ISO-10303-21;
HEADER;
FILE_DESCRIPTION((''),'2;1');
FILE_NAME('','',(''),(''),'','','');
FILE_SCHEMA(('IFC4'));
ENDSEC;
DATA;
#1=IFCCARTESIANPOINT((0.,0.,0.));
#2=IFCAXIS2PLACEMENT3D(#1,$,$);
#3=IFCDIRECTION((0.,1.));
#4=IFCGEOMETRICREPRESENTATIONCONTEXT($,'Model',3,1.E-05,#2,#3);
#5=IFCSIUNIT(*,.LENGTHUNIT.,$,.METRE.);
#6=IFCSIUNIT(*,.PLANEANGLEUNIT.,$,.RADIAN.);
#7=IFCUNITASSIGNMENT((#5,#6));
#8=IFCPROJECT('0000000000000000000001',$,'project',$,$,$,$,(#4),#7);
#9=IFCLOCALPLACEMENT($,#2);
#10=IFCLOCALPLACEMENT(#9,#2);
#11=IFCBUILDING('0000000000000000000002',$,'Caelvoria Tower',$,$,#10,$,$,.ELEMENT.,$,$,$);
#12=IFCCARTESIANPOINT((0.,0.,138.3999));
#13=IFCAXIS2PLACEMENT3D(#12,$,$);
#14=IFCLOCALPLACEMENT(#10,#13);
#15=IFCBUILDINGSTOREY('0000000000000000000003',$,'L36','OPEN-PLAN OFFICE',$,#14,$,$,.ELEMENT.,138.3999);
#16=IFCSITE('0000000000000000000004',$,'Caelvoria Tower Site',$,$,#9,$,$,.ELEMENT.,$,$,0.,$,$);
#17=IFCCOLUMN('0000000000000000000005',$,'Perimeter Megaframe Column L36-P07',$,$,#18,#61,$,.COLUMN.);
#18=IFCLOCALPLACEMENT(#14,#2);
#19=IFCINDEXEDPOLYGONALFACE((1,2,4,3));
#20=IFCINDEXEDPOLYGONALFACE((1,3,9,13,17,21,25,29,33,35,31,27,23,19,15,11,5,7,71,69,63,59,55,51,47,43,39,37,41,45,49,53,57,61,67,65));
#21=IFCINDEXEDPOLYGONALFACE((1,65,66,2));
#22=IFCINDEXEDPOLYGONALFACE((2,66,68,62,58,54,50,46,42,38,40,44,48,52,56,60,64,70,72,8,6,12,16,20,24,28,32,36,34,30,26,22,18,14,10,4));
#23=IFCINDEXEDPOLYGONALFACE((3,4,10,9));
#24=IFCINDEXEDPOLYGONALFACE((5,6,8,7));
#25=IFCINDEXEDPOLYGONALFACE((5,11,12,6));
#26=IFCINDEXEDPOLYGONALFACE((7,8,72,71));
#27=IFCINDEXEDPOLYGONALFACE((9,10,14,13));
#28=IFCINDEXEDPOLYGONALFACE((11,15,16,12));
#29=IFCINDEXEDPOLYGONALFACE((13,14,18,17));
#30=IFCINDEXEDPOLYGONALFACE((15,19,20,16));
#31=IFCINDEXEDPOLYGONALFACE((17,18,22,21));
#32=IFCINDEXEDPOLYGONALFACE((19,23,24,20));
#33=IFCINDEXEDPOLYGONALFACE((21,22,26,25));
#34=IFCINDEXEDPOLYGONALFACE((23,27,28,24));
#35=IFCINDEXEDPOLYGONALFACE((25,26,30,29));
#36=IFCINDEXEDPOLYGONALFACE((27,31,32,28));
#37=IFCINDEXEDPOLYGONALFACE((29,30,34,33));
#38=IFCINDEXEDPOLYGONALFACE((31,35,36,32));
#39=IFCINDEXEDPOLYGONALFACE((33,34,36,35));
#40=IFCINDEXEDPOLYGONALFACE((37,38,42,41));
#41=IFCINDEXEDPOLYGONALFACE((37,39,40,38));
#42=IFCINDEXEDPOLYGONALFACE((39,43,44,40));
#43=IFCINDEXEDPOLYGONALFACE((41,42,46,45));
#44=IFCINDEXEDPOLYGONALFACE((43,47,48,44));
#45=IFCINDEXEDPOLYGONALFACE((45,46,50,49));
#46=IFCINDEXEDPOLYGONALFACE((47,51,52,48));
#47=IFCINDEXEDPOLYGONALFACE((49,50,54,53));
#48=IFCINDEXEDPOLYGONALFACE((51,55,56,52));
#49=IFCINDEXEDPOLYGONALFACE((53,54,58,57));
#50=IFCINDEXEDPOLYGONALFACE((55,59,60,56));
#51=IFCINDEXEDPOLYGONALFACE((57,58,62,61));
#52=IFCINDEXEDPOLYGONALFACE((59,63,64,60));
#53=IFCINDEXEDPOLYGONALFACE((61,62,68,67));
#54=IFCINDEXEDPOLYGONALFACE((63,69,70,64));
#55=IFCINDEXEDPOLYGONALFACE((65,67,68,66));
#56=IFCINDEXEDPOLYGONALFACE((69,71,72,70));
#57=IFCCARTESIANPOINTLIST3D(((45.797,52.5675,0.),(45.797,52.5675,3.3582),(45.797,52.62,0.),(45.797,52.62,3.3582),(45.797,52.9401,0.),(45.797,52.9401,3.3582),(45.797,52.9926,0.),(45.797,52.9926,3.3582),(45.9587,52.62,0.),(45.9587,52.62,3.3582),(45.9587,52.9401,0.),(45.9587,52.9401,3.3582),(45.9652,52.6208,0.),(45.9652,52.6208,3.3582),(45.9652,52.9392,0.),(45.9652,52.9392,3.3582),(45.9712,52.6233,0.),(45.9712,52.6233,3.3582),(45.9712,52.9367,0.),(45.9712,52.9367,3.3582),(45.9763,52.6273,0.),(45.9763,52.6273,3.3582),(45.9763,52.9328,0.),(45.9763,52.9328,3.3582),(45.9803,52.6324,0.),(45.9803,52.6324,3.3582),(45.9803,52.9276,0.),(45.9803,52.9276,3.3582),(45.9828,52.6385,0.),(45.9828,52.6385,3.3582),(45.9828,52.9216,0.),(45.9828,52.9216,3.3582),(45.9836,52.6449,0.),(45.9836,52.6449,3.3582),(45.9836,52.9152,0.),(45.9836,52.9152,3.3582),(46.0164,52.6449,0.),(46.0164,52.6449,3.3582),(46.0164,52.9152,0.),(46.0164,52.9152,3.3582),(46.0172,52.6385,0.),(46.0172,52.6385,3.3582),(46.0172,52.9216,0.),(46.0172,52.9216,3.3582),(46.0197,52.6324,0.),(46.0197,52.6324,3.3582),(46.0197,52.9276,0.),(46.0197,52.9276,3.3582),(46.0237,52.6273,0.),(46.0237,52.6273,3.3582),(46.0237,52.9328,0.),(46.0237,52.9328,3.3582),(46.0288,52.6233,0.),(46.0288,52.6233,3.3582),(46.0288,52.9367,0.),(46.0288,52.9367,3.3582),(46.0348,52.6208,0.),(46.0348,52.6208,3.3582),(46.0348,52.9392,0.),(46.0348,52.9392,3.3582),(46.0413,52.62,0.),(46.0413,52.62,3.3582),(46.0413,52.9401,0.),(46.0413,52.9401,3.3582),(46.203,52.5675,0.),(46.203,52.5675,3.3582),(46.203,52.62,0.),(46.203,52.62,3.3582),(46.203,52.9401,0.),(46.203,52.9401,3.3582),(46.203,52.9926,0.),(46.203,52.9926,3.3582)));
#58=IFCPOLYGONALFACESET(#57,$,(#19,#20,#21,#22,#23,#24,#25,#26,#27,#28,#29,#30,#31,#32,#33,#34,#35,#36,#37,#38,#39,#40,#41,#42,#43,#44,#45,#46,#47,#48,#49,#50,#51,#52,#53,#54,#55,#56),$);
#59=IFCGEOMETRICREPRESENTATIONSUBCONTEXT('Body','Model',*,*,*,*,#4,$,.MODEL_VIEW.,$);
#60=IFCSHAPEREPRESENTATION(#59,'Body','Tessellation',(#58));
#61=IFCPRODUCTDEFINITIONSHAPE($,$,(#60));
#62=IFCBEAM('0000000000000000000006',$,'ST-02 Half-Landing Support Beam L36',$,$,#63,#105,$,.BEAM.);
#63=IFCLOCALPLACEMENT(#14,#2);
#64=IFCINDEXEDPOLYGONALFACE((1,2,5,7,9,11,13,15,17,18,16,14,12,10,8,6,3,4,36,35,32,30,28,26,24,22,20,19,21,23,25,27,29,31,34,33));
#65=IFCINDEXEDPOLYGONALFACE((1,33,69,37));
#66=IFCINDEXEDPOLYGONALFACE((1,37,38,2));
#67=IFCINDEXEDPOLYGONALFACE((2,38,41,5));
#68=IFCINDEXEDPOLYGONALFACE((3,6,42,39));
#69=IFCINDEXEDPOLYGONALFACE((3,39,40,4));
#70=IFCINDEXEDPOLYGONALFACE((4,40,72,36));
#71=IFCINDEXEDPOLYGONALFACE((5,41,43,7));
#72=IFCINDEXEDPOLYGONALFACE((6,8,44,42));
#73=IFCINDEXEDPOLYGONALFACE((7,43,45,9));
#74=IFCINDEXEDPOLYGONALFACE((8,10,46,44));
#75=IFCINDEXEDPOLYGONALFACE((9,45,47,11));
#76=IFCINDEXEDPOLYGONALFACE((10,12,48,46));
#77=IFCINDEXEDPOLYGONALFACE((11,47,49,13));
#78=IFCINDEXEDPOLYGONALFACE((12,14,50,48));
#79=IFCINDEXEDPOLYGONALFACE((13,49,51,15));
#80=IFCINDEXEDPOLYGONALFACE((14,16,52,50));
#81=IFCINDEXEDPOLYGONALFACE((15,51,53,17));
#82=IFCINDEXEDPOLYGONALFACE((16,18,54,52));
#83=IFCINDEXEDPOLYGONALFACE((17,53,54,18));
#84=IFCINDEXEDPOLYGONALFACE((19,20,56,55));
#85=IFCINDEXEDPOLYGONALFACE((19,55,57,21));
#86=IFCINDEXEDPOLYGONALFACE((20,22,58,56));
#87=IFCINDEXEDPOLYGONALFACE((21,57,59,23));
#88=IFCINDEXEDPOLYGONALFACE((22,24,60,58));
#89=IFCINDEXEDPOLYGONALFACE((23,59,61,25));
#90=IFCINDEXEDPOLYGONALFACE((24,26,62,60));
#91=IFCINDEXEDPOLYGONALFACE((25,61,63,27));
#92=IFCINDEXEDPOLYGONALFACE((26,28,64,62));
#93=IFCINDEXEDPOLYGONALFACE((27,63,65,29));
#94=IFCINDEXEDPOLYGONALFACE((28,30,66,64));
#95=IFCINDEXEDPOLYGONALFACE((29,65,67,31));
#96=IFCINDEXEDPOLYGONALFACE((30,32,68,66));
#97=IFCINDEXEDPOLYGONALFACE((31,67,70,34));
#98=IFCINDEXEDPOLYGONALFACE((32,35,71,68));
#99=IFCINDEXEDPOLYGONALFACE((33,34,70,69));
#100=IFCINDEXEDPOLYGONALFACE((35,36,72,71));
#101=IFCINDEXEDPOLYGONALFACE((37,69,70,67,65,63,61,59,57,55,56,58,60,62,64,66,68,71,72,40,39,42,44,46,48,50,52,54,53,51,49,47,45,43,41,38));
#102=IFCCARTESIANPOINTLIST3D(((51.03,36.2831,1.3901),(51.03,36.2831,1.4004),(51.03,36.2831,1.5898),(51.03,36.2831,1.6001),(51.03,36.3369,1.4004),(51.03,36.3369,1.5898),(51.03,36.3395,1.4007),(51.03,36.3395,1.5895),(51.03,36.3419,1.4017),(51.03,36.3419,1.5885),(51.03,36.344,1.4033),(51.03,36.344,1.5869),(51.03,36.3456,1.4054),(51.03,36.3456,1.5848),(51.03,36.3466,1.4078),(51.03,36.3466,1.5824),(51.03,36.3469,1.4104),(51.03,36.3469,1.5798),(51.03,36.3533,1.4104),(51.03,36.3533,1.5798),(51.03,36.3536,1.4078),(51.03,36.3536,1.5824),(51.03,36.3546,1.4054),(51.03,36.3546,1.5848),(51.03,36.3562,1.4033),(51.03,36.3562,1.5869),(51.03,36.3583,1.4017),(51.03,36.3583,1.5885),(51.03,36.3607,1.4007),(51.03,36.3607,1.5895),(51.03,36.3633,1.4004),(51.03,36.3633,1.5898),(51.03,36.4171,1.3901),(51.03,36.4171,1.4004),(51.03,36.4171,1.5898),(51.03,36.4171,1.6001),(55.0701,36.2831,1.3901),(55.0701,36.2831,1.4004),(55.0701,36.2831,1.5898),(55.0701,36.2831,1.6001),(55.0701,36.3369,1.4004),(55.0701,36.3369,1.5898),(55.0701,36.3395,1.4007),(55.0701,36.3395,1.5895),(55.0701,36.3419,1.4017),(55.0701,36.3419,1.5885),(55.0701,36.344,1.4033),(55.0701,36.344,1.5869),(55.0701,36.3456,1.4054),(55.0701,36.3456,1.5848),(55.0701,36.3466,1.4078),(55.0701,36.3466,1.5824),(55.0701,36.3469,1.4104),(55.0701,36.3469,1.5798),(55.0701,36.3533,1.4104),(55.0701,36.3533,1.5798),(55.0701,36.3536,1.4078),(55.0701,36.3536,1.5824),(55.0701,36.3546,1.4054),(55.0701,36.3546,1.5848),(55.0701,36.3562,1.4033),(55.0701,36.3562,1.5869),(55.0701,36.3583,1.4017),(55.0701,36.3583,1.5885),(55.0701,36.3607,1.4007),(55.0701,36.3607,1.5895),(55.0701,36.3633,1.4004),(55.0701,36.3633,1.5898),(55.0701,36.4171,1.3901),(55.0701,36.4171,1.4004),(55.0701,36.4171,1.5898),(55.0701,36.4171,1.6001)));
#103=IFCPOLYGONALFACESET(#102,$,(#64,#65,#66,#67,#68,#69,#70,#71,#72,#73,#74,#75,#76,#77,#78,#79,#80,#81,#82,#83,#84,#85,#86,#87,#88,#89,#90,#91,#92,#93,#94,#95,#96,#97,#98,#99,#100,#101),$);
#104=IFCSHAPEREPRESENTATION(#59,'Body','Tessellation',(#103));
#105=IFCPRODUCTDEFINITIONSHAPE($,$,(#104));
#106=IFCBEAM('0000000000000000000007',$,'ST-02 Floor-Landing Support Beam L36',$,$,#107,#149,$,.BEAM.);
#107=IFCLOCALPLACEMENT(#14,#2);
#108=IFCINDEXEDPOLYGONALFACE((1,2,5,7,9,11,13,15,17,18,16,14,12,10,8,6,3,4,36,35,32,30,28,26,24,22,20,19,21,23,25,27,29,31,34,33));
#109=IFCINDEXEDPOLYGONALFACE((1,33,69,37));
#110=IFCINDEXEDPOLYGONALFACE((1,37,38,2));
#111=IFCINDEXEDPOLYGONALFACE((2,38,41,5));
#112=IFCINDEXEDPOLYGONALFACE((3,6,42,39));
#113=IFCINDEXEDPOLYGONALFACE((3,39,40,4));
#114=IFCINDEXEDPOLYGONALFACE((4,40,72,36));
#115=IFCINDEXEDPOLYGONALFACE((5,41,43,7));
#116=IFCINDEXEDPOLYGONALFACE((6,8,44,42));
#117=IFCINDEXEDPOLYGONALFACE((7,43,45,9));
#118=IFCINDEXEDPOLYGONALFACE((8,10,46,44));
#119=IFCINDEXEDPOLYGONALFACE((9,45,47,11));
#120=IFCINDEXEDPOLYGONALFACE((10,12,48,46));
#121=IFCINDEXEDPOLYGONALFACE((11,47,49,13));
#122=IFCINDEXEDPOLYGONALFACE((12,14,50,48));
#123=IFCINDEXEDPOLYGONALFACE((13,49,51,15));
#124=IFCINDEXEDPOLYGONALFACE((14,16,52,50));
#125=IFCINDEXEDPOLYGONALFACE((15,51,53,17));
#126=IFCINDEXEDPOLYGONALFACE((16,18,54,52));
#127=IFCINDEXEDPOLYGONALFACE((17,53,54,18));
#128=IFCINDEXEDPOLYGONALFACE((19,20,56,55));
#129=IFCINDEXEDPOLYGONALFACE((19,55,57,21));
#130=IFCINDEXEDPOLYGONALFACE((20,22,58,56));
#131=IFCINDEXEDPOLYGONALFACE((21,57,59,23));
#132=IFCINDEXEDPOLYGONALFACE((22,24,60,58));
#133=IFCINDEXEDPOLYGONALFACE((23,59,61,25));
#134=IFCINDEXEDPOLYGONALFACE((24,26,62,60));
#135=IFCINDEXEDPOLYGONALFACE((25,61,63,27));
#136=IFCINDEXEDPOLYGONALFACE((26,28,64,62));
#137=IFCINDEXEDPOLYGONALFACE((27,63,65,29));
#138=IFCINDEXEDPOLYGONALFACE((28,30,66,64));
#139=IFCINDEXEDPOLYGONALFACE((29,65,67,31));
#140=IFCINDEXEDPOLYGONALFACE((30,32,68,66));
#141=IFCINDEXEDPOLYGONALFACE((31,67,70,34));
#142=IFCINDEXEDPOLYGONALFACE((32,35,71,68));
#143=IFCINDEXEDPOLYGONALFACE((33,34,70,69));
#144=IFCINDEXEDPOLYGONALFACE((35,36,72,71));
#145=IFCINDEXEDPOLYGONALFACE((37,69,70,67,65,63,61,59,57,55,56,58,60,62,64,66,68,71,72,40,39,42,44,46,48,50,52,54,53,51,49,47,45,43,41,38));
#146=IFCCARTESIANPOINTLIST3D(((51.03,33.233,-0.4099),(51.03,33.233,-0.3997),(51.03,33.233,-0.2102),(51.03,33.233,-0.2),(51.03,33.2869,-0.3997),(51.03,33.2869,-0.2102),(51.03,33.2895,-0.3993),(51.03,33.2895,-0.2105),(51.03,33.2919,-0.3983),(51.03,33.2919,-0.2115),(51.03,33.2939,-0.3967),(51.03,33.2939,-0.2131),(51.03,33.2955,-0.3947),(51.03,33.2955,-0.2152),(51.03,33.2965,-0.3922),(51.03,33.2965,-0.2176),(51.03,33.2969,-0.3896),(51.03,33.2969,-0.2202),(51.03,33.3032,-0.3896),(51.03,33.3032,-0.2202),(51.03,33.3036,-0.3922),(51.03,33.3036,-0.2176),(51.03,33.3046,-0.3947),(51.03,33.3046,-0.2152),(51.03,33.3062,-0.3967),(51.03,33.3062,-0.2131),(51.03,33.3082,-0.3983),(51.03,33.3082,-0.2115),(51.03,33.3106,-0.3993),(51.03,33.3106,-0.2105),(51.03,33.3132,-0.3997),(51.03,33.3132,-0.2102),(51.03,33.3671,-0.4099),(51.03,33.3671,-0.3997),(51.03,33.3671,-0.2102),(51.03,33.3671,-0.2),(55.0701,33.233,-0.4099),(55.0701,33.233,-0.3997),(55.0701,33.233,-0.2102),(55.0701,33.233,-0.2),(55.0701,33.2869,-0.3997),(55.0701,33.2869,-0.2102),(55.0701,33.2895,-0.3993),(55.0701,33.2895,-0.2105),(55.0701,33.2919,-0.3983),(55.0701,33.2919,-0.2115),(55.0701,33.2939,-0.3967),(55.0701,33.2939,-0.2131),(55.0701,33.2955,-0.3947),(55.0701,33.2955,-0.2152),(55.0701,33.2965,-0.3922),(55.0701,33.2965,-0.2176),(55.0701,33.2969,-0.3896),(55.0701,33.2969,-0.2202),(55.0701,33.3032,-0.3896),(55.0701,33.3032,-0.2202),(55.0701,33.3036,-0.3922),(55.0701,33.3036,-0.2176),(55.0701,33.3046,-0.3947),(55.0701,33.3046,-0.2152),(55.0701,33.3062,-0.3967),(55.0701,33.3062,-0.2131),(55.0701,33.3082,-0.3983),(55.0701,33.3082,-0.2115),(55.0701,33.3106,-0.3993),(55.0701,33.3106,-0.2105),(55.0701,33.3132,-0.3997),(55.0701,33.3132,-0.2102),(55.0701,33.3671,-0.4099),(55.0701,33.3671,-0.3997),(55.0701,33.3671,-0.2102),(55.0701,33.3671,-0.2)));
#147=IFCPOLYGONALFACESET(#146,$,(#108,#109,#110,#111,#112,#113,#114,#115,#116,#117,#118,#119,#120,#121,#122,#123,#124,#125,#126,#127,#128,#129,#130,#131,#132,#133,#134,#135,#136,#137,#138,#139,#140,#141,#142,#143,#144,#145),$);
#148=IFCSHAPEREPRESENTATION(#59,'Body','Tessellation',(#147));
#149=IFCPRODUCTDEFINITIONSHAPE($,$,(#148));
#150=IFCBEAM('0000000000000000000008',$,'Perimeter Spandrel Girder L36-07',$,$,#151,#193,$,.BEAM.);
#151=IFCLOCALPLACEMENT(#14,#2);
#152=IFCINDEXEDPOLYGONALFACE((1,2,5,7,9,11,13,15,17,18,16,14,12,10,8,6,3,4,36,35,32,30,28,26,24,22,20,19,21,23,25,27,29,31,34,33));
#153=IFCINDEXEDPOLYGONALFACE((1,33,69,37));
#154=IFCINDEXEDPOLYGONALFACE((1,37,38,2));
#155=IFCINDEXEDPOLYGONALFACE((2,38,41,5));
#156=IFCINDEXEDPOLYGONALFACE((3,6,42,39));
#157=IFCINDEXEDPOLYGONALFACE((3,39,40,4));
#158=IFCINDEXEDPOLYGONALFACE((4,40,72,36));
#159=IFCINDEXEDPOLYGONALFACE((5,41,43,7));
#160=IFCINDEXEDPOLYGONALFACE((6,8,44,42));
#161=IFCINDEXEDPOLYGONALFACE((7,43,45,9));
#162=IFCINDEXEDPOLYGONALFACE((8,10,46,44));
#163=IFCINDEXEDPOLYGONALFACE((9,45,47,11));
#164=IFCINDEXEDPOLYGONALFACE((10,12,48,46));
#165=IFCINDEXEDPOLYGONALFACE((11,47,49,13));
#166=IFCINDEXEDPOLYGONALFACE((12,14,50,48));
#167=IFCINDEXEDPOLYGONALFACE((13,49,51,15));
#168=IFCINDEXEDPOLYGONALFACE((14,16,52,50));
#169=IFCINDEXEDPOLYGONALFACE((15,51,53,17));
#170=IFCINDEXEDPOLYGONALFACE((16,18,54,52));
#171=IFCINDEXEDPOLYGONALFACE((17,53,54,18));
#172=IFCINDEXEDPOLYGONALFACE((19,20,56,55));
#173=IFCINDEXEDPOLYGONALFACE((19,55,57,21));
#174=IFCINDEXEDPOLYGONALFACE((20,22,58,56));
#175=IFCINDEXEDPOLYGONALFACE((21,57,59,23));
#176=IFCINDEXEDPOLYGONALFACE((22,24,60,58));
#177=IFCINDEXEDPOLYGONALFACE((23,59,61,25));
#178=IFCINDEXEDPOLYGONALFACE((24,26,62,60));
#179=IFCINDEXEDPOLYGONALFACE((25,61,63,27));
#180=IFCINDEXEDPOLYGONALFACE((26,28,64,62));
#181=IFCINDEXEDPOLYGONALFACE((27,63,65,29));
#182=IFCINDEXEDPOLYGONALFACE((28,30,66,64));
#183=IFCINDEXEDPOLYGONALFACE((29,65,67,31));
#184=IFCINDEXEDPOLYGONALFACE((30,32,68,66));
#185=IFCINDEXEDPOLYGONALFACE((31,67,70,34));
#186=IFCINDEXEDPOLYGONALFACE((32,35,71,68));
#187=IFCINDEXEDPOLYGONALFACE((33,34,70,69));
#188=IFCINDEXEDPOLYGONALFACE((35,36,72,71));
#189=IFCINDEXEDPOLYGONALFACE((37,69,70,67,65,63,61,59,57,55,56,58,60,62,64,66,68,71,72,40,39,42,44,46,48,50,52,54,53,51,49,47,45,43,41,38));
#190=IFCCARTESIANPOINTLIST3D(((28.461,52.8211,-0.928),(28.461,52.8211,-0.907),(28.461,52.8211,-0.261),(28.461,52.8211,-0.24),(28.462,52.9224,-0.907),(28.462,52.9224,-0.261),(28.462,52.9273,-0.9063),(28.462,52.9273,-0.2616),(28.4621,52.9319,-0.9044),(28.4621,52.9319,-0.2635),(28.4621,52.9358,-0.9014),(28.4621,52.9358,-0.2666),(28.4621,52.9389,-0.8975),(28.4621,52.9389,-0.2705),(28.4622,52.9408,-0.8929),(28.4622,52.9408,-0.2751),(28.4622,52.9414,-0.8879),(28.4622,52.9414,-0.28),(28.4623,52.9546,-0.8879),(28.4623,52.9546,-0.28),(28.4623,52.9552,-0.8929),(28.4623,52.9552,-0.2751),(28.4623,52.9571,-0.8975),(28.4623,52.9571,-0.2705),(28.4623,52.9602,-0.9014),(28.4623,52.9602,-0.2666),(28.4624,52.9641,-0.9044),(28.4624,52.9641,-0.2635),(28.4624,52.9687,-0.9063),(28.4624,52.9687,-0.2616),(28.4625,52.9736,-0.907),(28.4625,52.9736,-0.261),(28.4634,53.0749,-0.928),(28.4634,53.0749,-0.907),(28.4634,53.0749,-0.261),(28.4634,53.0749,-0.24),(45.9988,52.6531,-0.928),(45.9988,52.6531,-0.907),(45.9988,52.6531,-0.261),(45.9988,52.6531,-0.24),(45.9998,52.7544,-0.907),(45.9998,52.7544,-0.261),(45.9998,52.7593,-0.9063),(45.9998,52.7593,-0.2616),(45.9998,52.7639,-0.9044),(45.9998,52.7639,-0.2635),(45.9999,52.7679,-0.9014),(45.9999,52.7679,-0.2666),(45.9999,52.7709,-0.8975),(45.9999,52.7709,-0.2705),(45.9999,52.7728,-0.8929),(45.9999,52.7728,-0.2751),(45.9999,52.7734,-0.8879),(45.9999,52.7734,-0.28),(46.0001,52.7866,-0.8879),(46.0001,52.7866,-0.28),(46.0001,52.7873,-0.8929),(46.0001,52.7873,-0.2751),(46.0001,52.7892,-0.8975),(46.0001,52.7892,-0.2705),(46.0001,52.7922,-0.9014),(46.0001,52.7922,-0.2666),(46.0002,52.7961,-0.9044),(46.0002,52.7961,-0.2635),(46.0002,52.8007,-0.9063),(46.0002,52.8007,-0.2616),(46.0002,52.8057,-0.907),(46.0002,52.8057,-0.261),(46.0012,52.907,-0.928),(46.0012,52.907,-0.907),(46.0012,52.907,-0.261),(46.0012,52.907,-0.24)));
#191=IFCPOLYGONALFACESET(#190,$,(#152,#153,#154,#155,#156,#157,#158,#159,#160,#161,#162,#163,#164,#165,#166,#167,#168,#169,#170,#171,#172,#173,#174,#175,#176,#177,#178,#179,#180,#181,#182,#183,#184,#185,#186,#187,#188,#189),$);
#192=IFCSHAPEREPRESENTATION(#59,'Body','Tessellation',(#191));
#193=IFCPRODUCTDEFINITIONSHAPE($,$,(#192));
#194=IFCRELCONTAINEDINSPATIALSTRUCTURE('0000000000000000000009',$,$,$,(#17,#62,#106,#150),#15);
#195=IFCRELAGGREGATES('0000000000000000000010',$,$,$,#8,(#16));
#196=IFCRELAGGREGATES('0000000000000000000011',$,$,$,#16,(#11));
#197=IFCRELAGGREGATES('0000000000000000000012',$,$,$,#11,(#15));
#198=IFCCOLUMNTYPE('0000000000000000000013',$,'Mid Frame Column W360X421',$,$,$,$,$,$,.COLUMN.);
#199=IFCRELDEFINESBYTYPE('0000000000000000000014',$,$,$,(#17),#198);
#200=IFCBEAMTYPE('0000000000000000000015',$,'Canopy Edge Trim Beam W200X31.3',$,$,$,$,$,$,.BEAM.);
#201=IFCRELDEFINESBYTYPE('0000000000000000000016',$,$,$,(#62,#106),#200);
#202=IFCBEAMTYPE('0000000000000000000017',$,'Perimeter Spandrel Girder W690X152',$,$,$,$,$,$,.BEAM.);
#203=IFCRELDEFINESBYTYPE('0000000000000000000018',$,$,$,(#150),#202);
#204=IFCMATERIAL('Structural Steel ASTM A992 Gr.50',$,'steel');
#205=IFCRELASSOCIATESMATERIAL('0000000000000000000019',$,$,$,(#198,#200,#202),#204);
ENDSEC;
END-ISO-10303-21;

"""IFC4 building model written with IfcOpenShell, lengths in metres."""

from ifc_helpers import new_model, si_unit, direction, frame, origin, origin_2d, place, context, subcontext, project, spatial, i_section, extrude, material, material_profile, profile_set, type_object, element, save


model = new_model("IFC4")

# Units and contexts
model_context = context("Model", 3, precision=1e-05, world=origin(), true_north=direction((0.0, 1.0)))
body_context = subcontext(model_context, "Body", "Model", "MODEL_VIEW")
ifc_project = project(units=[si_unit("LENGTHUNIT", "METRE"), si_unit("PLANEANGLEUNIT", "RADIAN")], contexts=[model_context])

# Site, building, storey
site_placement = place(None, origin())
site = spatial("IfcSite", under=ifc_project, at=site_placement, Name="Caelvoria Tower Site", CompositionType="ELEMENT", RefElevation=0.0)
building_placement = place(site_placement, origin())
building = spatial("IfcBuilding", under=site, at=building_placement, Name="Caelvoria Tower", CompositionType="ELEMENT")
storey_placement = place(building_placement, frame((0.0, 0.0, 138.3999)))
storey = spatial("IfcBuildingStorey", under=building, at=storey_placement, Name="L36", Description="OPEN-PLAN OFFICE", CompositionType="ELEMENT", Elevation=138.3999)

# Column
ifc_material_1 = material(Name="Structural Steel ASTM A992 Gr.50", Category="steel")
ifc_material_profile_1 = material_profile(ifc_material_1, i_section(OverallWidth=0.406, OverallDepth=0.425, WebThickness=0.0327, FlangeThickness=0.0525, FilletRadius=0.0249, at=origin_2d()), Name="Structural Steel ASTM A992 Gr.50")
ifc_profile_set_1 = profile_set([ifc_material_profile_1], Name="W360X421 - Structural Steel ASTM A992 Gr.50")
column_type = type_object("IfcColumnType", Name="Mid Frame Column W360X421", PredefinedType="COLUMN", material=ifc_profile_set_1)
column_placement = place(storey_placement, frame((46.0, 52.78, 0.0), z_axis=(0.0, 0.0, 1.0), x_axis=(1.0, 0.0, 0.0)))
element("IfcColumn", 1, at=column_placement, inside=storey, type_object=column_type, Name="Perimeter Megaframe Column L36-P07", PredefinedType="COLUMN", context=body_context, shape_type="SweptSolid", body=[
    extrude(i_section(OverallWidth=0.406, OverallDepth=0.425, WebThickness=0.0327, FlangeThickness=0.0525, FilletRadius=0.0249, at=origin_2d()), origin(), (0.0, 0.0, 1.0), 3.3582),
])

# Beams
ifc_material_profile_2 = material_profile(ifc_material_1, i_section(OverallWidth=0.134, OverallDepth=0.21, WebThickness=0.0063, FlangeThickness=0.0103, FilletRadius=0.01, at=origin_2d()), Name="Structural Steel ASTM A992 Gr.50")
ifc_profile_set_2 = profile_set([ifc_material_profile_2], Name="W200X31.3 - Structural Steel ASTM A992 Gr.50")
beam_type_1 = type_object("IfcBeamType", Name="Canopy Edge Trim Beam W200X31.3", PredefinedType="BEAM", material=ifc_profile_set_2)
for number, where, z_axis, x_axis, name in (
    (2, (51.03, 36.3501, 1.4951), (1.0, 0.0, 0.0), (0.0, 1.0, 0.0), "ST-02 Half-Landing Support Beam L36"),
    (3, (51.03, 33.3, -0.3049), (1.0, 0.0, 0.0), (0.0, 1.0, 0.0), "ST-02 Floor-Landing Support Beam L36"),
):
    element("IfcBeam", number, at=place(storey_placement, frame(where, z_axis=z_axis, x_axis=x_axis)), inside=storey, type_object=beam_type_1, Name=name, PredefinedType="BEAM", context=body_context, shape_type="SweptSolid", body=[
        extrude(i_section(OverallWidth=0.134, OverallDepth=0.21, WebThickness=0.0063, FlangeThickness=0.0103, FilletRadius=0.01, at=origin_2d()), origin(), (0.0, 0.0, 1.0), 4.04),
    ])
ifc_material_profile_3 = material_profile(ifc_material_1, i_section(OverallWidth=0.2539, OverallDepth=0.688, WebThickness=0.0132, FlangeThickness=0.021, FilletRadius=0.019, at=origin_2d()), Name="Structural Steel ASTM A992 Gr.50")
ifc_profile_set_3 = profile_set([ifc_material_profile_3], Name="W690X152 - Structural Steel ASTM A992 Gr.50")
beam_type_2 = type_object("IfcBeamType", Name="Perimeter Spandrel Girder W690X152", PredefinedType="BEAM", material=ifc_profile_set_3)
beam_1_placement = place(storey_placement, frame((46.0, 52.78, -0.584), z_axis=(-0.999954, 0.009577, 0.0), x_axis=(-0.009577, -0.999954, 0.0)))
element("IfcBeam", 4, at=beam_1_placement, inside=storey, type_object=beam_type_2, Name="Perimeter Spandrel Girder L36-07", PredefinedType="BEAM", context=body_context, shape_type="SweptSolid", body=[
    extrude(i_section(OverallWidth=0.2539, OverallDepth=0.688, WebThickness=0.0132, FlangeThickness=0.021, FilletRadius=0.019, at=origin_2d()), origin(), (0.0, 0.0, 1.0), 17.5386),
])

save(model, "model.ifc")
